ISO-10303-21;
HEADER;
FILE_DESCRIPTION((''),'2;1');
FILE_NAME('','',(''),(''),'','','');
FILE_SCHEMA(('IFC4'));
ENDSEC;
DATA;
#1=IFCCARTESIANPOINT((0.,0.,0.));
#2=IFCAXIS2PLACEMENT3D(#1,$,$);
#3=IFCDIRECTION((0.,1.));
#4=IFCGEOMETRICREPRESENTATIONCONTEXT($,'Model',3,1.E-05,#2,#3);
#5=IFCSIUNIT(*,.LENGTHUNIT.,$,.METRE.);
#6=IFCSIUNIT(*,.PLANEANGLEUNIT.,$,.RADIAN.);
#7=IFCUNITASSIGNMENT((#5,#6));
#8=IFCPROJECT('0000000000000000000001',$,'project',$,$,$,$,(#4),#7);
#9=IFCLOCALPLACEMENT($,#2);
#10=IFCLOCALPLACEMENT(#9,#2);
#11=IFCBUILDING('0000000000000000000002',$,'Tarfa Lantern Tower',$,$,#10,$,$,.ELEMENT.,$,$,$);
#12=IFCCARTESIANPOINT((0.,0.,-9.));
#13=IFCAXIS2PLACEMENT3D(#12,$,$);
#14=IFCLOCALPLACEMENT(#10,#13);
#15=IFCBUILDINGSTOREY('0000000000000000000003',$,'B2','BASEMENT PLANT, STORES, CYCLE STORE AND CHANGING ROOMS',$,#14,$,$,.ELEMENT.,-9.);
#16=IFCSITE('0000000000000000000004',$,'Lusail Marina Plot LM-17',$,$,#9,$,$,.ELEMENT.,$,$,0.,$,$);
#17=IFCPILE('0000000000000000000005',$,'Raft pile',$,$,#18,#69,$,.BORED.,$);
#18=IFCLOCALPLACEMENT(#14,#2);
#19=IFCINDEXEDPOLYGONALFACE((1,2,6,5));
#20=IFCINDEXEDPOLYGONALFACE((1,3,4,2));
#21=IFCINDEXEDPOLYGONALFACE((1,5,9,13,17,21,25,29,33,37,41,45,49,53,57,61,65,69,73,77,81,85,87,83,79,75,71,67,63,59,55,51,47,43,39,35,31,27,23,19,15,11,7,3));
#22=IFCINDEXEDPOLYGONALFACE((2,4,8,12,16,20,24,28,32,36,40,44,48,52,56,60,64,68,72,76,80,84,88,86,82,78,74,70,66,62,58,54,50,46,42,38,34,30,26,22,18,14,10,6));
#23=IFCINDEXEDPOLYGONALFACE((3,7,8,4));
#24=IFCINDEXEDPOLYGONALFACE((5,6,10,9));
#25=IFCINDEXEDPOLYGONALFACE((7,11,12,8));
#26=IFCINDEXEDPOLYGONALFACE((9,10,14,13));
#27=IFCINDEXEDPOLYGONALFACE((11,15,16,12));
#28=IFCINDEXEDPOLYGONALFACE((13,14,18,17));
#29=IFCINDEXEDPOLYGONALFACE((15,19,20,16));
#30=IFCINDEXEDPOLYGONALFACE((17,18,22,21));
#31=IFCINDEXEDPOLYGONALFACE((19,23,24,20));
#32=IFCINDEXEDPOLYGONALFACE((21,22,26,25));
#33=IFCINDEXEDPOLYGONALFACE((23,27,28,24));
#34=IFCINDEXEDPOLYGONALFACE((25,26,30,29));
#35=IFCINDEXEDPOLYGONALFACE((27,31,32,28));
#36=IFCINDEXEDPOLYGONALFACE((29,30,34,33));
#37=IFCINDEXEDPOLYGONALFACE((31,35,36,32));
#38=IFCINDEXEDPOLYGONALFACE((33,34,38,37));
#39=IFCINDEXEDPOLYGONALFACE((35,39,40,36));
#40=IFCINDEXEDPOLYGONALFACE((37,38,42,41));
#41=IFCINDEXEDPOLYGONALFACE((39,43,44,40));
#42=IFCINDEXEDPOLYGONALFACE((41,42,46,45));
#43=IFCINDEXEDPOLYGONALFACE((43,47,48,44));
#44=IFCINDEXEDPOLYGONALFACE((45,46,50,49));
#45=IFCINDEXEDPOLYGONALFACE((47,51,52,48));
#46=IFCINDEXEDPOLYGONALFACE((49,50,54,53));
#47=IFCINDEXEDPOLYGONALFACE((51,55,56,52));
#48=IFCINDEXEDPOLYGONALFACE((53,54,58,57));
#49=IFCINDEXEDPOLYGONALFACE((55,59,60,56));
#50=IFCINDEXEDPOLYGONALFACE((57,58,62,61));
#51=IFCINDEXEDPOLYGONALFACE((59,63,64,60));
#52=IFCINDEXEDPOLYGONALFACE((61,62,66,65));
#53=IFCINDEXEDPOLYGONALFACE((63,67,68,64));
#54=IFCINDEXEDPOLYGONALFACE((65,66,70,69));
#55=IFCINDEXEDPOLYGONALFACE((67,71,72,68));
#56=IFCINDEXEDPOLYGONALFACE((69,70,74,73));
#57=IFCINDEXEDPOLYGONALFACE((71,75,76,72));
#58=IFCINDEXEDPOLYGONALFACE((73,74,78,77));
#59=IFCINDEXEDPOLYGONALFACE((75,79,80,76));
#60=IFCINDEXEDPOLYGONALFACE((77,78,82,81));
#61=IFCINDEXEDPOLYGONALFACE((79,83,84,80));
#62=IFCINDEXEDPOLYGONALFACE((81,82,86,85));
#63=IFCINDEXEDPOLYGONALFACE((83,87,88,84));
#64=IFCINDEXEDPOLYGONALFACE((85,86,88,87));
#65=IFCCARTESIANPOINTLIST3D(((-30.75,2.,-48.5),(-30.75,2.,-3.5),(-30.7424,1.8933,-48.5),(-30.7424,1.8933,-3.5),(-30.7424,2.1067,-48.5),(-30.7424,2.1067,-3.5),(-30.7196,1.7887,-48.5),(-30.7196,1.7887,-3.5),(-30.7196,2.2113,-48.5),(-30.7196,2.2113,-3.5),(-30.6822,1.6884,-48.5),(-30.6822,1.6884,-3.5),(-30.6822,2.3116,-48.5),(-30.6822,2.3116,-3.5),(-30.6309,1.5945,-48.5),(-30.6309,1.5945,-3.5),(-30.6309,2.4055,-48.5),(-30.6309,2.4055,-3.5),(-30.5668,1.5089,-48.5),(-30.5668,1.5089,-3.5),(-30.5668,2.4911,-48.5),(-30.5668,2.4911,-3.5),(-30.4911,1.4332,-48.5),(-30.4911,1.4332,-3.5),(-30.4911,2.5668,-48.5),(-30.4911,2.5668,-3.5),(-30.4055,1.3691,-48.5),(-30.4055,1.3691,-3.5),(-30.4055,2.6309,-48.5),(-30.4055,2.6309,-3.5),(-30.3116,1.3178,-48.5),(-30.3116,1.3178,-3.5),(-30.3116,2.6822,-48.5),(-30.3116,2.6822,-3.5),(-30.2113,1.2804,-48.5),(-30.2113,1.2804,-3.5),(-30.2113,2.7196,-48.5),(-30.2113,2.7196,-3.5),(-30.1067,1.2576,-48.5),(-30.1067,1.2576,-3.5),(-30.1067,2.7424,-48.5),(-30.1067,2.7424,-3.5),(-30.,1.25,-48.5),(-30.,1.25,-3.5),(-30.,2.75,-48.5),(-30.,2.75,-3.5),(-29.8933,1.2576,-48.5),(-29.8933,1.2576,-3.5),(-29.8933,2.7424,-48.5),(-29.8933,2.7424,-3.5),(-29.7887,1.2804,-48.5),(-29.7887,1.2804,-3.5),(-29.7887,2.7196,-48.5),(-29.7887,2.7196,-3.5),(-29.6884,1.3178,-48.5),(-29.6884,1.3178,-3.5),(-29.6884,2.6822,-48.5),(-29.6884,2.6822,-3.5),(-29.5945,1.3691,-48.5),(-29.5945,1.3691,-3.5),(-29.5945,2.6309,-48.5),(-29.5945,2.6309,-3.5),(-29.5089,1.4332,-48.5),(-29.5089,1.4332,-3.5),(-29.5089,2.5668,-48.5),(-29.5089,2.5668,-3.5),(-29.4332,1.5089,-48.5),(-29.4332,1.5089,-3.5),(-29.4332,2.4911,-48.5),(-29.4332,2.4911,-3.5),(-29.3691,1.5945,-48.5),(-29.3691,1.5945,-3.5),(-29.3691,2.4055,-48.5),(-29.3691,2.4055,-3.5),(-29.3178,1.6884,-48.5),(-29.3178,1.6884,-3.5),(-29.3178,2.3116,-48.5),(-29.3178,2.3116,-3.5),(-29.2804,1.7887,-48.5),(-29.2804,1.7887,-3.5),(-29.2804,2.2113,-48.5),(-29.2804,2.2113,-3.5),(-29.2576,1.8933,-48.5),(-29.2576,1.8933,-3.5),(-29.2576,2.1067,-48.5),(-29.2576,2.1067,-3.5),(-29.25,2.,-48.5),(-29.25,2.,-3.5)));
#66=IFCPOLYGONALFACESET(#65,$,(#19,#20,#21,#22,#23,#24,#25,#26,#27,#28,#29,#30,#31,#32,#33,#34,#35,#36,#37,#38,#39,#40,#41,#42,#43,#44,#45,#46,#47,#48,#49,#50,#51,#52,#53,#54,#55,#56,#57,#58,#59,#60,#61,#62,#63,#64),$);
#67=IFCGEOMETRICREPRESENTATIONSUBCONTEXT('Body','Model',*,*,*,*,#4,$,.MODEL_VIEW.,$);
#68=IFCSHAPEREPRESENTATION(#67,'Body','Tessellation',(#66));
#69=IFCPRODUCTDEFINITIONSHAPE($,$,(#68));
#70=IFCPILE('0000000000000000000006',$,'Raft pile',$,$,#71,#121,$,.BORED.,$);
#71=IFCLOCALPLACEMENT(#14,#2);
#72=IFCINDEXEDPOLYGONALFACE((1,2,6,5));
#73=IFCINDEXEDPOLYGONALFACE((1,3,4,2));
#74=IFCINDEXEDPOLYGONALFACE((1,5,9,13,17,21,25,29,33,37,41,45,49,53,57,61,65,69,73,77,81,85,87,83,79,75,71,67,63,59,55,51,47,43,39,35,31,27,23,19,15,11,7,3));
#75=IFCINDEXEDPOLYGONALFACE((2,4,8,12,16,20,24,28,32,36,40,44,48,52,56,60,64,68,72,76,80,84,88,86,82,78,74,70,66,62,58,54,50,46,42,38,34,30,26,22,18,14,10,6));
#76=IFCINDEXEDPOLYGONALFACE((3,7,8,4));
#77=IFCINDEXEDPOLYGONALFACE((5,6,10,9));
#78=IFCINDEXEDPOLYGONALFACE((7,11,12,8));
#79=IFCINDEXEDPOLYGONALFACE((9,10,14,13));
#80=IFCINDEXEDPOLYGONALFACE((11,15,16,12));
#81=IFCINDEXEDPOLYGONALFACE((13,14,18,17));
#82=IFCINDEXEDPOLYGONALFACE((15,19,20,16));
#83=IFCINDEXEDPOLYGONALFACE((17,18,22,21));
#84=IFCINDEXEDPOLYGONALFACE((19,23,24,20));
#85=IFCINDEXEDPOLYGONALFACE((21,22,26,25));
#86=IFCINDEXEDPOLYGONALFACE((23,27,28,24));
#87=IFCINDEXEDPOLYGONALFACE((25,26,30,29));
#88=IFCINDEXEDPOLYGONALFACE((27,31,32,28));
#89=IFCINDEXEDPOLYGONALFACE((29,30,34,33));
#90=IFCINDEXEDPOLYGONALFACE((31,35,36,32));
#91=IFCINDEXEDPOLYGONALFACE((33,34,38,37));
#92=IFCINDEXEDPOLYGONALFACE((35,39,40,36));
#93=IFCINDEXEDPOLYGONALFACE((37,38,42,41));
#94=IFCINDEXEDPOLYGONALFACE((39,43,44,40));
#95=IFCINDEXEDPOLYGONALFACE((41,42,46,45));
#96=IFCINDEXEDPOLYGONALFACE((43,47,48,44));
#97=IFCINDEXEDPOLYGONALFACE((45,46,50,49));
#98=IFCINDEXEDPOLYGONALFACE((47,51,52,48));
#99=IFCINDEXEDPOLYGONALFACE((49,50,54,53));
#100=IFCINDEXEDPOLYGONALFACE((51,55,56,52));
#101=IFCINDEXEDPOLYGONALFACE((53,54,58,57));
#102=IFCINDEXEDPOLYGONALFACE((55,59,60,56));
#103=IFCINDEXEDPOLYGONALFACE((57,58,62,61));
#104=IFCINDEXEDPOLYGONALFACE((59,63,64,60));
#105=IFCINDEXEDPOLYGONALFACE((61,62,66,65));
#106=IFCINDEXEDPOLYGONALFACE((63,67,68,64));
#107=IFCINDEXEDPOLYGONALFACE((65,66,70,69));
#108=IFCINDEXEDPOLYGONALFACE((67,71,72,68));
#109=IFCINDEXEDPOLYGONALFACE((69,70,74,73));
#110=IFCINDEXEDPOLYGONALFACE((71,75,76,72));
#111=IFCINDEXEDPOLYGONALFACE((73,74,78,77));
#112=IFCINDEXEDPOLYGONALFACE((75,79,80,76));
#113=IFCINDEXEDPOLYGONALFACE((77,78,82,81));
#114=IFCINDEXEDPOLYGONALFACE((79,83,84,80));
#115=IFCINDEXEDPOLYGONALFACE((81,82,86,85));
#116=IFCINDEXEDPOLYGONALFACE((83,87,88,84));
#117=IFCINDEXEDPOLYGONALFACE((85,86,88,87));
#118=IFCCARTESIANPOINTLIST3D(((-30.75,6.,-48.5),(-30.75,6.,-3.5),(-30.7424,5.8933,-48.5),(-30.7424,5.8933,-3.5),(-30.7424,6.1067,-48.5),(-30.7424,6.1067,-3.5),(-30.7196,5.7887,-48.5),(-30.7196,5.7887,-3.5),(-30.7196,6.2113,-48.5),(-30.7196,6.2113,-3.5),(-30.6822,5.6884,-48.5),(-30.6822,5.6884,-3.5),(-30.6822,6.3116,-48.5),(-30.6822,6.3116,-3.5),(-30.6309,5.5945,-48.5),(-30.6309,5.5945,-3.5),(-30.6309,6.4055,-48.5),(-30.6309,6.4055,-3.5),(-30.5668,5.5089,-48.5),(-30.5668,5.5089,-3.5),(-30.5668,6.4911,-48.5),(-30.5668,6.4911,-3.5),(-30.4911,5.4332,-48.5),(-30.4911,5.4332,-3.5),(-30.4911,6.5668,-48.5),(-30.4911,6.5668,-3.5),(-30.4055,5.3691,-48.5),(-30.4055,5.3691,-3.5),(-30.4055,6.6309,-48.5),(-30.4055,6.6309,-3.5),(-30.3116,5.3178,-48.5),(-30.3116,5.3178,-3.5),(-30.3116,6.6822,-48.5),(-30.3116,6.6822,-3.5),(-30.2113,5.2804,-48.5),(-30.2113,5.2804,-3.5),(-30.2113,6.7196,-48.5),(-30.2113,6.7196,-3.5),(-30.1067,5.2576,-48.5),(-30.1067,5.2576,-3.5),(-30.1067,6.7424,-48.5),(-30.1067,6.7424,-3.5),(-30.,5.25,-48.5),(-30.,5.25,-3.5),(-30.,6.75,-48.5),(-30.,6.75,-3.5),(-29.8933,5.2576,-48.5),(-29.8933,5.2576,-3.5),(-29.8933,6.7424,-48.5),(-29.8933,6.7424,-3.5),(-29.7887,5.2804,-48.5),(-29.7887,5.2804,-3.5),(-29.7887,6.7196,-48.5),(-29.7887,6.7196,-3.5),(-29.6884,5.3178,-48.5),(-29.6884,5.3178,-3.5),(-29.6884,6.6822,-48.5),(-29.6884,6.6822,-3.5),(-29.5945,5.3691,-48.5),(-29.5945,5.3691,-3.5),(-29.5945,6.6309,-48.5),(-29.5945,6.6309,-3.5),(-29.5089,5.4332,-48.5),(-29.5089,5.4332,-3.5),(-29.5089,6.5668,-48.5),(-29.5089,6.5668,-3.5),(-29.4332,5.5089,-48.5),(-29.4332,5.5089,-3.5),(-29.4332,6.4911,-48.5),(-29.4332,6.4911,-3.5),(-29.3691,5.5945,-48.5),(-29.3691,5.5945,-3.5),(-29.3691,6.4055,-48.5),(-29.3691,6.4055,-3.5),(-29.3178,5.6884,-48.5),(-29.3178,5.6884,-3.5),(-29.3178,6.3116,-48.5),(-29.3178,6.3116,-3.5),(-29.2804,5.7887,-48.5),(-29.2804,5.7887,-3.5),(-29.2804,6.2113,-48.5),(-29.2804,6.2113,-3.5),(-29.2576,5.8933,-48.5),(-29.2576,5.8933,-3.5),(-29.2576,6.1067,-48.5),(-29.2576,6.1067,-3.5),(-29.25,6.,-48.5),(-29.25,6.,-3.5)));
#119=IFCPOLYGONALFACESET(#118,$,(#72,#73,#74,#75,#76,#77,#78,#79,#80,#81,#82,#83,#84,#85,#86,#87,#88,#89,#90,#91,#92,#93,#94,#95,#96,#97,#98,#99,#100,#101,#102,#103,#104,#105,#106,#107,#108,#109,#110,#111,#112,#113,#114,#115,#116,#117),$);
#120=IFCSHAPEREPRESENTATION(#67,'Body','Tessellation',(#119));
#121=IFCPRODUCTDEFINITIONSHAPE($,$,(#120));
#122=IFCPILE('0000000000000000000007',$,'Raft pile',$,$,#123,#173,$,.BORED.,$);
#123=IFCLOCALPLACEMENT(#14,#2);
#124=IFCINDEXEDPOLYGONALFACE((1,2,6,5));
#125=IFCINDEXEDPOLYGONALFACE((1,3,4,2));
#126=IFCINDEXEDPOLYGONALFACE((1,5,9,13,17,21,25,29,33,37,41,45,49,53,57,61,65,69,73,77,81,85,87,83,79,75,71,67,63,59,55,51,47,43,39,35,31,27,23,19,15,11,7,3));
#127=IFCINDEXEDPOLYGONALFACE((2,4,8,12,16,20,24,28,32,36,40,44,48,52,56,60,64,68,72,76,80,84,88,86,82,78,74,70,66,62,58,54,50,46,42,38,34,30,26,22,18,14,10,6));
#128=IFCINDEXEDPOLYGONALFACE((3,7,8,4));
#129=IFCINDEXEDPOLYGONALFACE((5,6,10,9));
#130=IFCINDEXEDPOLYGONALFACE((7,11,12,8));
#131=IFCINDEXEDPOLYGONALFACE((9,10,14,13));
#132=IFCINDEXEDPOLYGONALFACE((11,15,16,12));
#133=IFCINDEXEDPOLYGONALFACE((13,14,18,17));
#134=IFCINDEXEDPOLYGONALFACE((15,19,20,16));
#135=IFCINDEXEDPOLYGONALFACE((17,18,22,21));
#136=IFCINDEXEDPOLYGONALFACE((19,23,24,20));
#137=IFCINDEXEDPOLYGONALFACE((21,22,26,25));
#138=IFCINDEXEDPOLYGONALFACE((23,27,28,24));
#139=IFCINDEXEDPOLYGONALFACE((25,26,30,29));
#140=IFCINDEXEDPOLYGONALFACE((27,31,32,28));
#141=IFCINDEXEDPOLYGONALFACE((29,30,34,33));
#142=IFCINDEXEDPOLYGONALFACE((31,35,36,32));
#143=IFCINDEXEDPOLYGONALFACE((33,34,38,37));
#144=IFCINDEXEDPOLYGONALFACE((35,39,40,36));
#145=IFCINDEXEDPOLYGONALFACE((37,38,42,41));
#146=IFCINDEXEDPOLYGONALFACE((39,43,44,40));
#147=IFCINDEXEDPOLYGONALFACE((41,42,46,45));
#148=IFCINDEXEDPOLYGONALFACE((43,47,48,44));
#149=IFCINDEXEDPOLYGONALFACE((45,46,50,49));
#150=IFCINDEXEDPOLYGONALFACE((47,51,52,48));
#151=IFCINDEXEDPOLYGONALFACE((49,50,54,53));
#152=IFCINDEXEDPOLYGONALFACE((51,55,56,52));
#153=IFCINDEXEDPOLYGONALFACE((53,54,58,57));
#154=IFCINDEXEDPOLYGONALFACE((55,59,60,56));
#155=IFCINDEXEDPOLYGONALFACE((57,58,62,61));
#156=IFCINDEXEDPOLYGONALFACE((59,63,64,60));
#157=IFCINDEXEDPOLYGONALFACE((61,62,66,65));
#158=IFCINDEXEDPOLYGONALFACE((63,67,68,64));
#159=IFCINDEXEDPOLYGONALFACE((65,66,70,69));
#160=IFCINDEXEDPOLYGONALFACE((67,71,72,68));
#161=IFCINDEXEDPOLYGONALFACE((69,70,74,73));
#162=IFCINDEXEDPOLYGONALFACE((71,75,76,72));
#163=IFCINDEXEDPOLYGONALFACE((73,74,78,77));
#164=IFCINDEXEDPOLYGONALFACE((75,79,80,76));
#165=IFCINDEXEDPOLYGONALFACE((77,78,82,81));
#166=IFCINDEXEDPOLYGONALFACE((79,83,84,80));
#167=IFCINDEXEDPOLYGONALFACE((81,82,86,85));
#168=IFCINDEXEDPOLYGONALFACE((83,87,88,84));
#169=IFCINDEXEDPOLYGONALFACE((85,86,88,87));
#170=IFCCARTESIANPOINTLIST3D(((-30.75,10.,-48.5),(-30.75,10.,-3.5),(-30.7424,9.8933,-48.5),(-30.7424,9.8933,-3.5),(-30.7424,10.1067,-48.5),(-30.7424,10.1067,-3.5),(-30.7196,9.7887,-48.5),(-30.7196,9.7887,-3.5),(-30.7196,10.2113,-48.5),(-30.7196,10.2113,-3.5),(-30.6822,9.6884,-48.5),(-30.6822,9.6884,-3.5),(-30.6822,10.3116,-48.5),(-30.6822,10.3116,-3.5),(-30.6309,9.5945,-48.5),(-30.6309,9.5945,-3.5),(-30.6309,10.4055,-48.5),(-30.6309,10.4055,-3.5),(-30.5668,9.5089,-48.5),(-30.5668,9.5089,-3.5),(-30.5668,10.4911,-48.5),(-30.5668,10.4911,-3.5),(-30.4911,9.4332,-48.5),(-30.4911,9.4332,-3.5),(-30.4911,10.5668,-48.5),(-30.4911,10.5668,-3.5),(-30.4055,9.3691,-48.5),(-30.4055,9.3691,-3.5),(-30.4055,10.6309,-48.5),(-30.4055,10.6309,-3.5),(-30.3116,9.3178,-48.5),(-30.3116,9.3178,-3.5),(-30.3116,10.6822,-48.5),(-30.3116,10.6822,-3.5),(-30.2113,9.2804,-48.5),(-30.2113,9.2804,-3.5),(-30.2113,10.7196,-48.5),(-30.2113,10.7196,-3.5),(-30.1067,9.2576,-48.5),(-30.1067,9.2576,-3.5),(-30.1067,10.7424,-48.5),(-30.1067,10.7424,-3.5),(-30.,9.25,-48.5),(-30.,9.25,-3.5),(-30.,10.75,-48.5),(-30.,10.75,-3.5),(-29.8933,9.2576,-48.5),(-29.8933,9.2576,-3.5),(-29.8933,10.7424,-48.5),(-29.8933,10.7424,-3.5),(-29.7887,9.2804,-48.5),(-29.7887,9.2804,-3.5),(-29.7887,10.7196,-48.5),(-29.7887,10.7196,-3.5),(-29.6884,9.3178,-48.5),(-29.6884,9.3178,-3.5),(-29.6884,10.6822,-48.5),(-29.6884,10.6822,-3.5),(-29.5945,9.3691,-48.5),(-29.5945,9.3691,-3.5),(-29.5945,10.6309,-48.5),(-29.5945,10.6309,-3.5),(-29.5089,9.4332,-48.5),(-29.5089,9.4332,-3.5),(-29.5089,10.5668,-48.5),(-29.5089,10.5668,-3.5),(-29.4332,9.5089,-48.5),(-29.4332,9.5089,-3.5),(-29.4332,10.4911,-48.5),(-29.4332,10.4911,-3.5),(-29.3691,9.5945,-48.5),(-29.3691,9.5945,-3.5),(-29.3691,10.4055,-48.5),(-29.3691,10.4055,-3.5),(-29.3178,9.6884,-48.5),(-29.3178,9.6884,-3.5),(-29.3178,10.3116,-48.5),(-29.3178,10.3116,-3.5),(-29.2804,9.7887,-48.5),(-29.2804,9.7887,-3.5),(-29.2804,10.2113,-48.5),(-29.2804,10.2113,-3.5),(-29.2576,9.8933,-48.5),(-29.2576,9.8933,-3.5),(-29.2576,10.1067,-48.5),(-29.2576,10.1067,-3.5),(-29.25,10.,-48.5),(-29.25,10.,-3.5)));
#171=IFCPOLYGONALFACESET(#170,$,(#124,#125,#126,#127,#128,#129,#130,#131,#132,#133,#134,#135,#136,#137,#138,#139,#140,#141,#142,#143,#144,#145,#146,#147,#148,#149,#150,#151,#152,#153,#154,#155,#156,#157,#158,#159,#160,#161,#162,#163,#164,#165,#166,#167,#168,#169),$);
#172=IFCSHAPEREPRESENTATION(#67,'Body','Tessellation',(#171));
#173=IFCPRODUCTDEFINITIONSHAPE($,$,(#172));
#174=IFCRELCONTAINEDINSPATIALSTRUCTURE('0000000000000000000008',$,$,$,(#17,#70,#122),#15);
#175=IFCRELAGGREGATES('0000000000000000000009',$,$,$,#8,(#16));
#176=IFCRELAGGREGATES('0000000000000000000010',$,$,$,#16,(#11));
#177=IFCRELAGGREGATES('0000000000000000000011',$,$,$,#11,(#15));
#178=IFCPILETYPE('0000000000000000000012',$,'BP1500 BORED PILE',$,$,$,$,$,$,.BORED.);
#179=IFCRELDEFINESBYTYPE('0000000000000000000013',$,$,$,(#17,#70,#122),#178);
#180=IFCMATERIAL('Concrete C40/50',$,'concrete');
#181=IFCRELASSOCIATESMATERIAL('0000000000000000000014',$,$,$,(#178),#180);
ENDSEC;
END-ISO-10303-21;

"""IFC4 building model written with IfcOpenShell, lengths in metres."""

from ifc_helpers import new_model, si_unit, direction, frame, origin, origin_2d, place, context, subcontext, project, spatial, circle, extrude, material, material_profile, profile_set, type_object, element, save


model = new_model("IFC4")

# Units and contexts
model_context = context("Model", 3, precision=1e-05, world=origin(), true_north=direction((0.0, 1.0)))
body_context = subcontext(model_context, "Body", "Model", "MODEL_VIEW")
ifc_project = project(units=[si_unit("LENGTHUNIT", "METRE"), si_unit("PLANEANGLEUNIT", "RADIAN")], contexts=[model_context])

# Site, building, storey
site_placement = place(None, origin())
site = spatial("IfcSite", under=ifc_project, at=site_placement, Name="Lusail Marina Plot LM-17", CompositionType="ELEMENT", RefElevation=0.0)
building_placement = place(site_placement, origin())
building = spatial("IfcBuilding", under=site, at=building_placement, Name="Tarfa Lantern Tower", CompositionType="ELEMENT")
storey_placement = place(building_placement, frame((0.0, 0.0, -9.0)))
storey = spatial("IfcBuildingStorey", under=building, at=storey_placement, Name="B2", Description="BASEMENT PLANT, STORES, CYCLE STORE AND CHANGING ROOMS", CompositionType="ELEMENT", Elevation=-9.0)

# Piles
ifc_material_1 = material(Name="Concrete C40/50", Category="concrete")
ifc_material_profile = material_profile(ifc_material_1, circle(Radius=0.75, at=origin_2d()), Name="BORED PILE D1500")
ifc_profile_set = profile_set([ifc_material_profile], Name="Concrete C40/50")
pile_type = type_object("IfcPileType", Name="BP1500 BORED PILE", PredefinedType="BORED", material=ifc_profile_set)
for number, where, z_axis, x_axis, name in (
    (1, (-30.0, 2.0, -3.5), (0.0, 0.0, -1.0), (1.0, 0.0, 0.0), "Raft pile"),
    (2, (-30.0, 6.0, -3.5), (0.0, 0.0, -1.0), (1.0, 0.0, 0.0), "Raft pile"),
    (3, (-30.0, 10.0, -3.5), (0.0, 0.0, -1.0), (1.0, 0.0, 0.0), "Raft pile"),
):
    element("IfcPile", number, at=place(storey_placement, frame(where, z_axis=z_axis, x_axis=x_axis)), inside=storey, type_object=pile_type, Name=name, PredefinedType="BORED", context=body_context, shape_type="SweptSolid", body=[
        extrude(circle(Radius=0.75, at=origin_2d()), origin(), (0.0, 0.0, 1.0), 45.0),
    ])

save(model, "model.ifc")
